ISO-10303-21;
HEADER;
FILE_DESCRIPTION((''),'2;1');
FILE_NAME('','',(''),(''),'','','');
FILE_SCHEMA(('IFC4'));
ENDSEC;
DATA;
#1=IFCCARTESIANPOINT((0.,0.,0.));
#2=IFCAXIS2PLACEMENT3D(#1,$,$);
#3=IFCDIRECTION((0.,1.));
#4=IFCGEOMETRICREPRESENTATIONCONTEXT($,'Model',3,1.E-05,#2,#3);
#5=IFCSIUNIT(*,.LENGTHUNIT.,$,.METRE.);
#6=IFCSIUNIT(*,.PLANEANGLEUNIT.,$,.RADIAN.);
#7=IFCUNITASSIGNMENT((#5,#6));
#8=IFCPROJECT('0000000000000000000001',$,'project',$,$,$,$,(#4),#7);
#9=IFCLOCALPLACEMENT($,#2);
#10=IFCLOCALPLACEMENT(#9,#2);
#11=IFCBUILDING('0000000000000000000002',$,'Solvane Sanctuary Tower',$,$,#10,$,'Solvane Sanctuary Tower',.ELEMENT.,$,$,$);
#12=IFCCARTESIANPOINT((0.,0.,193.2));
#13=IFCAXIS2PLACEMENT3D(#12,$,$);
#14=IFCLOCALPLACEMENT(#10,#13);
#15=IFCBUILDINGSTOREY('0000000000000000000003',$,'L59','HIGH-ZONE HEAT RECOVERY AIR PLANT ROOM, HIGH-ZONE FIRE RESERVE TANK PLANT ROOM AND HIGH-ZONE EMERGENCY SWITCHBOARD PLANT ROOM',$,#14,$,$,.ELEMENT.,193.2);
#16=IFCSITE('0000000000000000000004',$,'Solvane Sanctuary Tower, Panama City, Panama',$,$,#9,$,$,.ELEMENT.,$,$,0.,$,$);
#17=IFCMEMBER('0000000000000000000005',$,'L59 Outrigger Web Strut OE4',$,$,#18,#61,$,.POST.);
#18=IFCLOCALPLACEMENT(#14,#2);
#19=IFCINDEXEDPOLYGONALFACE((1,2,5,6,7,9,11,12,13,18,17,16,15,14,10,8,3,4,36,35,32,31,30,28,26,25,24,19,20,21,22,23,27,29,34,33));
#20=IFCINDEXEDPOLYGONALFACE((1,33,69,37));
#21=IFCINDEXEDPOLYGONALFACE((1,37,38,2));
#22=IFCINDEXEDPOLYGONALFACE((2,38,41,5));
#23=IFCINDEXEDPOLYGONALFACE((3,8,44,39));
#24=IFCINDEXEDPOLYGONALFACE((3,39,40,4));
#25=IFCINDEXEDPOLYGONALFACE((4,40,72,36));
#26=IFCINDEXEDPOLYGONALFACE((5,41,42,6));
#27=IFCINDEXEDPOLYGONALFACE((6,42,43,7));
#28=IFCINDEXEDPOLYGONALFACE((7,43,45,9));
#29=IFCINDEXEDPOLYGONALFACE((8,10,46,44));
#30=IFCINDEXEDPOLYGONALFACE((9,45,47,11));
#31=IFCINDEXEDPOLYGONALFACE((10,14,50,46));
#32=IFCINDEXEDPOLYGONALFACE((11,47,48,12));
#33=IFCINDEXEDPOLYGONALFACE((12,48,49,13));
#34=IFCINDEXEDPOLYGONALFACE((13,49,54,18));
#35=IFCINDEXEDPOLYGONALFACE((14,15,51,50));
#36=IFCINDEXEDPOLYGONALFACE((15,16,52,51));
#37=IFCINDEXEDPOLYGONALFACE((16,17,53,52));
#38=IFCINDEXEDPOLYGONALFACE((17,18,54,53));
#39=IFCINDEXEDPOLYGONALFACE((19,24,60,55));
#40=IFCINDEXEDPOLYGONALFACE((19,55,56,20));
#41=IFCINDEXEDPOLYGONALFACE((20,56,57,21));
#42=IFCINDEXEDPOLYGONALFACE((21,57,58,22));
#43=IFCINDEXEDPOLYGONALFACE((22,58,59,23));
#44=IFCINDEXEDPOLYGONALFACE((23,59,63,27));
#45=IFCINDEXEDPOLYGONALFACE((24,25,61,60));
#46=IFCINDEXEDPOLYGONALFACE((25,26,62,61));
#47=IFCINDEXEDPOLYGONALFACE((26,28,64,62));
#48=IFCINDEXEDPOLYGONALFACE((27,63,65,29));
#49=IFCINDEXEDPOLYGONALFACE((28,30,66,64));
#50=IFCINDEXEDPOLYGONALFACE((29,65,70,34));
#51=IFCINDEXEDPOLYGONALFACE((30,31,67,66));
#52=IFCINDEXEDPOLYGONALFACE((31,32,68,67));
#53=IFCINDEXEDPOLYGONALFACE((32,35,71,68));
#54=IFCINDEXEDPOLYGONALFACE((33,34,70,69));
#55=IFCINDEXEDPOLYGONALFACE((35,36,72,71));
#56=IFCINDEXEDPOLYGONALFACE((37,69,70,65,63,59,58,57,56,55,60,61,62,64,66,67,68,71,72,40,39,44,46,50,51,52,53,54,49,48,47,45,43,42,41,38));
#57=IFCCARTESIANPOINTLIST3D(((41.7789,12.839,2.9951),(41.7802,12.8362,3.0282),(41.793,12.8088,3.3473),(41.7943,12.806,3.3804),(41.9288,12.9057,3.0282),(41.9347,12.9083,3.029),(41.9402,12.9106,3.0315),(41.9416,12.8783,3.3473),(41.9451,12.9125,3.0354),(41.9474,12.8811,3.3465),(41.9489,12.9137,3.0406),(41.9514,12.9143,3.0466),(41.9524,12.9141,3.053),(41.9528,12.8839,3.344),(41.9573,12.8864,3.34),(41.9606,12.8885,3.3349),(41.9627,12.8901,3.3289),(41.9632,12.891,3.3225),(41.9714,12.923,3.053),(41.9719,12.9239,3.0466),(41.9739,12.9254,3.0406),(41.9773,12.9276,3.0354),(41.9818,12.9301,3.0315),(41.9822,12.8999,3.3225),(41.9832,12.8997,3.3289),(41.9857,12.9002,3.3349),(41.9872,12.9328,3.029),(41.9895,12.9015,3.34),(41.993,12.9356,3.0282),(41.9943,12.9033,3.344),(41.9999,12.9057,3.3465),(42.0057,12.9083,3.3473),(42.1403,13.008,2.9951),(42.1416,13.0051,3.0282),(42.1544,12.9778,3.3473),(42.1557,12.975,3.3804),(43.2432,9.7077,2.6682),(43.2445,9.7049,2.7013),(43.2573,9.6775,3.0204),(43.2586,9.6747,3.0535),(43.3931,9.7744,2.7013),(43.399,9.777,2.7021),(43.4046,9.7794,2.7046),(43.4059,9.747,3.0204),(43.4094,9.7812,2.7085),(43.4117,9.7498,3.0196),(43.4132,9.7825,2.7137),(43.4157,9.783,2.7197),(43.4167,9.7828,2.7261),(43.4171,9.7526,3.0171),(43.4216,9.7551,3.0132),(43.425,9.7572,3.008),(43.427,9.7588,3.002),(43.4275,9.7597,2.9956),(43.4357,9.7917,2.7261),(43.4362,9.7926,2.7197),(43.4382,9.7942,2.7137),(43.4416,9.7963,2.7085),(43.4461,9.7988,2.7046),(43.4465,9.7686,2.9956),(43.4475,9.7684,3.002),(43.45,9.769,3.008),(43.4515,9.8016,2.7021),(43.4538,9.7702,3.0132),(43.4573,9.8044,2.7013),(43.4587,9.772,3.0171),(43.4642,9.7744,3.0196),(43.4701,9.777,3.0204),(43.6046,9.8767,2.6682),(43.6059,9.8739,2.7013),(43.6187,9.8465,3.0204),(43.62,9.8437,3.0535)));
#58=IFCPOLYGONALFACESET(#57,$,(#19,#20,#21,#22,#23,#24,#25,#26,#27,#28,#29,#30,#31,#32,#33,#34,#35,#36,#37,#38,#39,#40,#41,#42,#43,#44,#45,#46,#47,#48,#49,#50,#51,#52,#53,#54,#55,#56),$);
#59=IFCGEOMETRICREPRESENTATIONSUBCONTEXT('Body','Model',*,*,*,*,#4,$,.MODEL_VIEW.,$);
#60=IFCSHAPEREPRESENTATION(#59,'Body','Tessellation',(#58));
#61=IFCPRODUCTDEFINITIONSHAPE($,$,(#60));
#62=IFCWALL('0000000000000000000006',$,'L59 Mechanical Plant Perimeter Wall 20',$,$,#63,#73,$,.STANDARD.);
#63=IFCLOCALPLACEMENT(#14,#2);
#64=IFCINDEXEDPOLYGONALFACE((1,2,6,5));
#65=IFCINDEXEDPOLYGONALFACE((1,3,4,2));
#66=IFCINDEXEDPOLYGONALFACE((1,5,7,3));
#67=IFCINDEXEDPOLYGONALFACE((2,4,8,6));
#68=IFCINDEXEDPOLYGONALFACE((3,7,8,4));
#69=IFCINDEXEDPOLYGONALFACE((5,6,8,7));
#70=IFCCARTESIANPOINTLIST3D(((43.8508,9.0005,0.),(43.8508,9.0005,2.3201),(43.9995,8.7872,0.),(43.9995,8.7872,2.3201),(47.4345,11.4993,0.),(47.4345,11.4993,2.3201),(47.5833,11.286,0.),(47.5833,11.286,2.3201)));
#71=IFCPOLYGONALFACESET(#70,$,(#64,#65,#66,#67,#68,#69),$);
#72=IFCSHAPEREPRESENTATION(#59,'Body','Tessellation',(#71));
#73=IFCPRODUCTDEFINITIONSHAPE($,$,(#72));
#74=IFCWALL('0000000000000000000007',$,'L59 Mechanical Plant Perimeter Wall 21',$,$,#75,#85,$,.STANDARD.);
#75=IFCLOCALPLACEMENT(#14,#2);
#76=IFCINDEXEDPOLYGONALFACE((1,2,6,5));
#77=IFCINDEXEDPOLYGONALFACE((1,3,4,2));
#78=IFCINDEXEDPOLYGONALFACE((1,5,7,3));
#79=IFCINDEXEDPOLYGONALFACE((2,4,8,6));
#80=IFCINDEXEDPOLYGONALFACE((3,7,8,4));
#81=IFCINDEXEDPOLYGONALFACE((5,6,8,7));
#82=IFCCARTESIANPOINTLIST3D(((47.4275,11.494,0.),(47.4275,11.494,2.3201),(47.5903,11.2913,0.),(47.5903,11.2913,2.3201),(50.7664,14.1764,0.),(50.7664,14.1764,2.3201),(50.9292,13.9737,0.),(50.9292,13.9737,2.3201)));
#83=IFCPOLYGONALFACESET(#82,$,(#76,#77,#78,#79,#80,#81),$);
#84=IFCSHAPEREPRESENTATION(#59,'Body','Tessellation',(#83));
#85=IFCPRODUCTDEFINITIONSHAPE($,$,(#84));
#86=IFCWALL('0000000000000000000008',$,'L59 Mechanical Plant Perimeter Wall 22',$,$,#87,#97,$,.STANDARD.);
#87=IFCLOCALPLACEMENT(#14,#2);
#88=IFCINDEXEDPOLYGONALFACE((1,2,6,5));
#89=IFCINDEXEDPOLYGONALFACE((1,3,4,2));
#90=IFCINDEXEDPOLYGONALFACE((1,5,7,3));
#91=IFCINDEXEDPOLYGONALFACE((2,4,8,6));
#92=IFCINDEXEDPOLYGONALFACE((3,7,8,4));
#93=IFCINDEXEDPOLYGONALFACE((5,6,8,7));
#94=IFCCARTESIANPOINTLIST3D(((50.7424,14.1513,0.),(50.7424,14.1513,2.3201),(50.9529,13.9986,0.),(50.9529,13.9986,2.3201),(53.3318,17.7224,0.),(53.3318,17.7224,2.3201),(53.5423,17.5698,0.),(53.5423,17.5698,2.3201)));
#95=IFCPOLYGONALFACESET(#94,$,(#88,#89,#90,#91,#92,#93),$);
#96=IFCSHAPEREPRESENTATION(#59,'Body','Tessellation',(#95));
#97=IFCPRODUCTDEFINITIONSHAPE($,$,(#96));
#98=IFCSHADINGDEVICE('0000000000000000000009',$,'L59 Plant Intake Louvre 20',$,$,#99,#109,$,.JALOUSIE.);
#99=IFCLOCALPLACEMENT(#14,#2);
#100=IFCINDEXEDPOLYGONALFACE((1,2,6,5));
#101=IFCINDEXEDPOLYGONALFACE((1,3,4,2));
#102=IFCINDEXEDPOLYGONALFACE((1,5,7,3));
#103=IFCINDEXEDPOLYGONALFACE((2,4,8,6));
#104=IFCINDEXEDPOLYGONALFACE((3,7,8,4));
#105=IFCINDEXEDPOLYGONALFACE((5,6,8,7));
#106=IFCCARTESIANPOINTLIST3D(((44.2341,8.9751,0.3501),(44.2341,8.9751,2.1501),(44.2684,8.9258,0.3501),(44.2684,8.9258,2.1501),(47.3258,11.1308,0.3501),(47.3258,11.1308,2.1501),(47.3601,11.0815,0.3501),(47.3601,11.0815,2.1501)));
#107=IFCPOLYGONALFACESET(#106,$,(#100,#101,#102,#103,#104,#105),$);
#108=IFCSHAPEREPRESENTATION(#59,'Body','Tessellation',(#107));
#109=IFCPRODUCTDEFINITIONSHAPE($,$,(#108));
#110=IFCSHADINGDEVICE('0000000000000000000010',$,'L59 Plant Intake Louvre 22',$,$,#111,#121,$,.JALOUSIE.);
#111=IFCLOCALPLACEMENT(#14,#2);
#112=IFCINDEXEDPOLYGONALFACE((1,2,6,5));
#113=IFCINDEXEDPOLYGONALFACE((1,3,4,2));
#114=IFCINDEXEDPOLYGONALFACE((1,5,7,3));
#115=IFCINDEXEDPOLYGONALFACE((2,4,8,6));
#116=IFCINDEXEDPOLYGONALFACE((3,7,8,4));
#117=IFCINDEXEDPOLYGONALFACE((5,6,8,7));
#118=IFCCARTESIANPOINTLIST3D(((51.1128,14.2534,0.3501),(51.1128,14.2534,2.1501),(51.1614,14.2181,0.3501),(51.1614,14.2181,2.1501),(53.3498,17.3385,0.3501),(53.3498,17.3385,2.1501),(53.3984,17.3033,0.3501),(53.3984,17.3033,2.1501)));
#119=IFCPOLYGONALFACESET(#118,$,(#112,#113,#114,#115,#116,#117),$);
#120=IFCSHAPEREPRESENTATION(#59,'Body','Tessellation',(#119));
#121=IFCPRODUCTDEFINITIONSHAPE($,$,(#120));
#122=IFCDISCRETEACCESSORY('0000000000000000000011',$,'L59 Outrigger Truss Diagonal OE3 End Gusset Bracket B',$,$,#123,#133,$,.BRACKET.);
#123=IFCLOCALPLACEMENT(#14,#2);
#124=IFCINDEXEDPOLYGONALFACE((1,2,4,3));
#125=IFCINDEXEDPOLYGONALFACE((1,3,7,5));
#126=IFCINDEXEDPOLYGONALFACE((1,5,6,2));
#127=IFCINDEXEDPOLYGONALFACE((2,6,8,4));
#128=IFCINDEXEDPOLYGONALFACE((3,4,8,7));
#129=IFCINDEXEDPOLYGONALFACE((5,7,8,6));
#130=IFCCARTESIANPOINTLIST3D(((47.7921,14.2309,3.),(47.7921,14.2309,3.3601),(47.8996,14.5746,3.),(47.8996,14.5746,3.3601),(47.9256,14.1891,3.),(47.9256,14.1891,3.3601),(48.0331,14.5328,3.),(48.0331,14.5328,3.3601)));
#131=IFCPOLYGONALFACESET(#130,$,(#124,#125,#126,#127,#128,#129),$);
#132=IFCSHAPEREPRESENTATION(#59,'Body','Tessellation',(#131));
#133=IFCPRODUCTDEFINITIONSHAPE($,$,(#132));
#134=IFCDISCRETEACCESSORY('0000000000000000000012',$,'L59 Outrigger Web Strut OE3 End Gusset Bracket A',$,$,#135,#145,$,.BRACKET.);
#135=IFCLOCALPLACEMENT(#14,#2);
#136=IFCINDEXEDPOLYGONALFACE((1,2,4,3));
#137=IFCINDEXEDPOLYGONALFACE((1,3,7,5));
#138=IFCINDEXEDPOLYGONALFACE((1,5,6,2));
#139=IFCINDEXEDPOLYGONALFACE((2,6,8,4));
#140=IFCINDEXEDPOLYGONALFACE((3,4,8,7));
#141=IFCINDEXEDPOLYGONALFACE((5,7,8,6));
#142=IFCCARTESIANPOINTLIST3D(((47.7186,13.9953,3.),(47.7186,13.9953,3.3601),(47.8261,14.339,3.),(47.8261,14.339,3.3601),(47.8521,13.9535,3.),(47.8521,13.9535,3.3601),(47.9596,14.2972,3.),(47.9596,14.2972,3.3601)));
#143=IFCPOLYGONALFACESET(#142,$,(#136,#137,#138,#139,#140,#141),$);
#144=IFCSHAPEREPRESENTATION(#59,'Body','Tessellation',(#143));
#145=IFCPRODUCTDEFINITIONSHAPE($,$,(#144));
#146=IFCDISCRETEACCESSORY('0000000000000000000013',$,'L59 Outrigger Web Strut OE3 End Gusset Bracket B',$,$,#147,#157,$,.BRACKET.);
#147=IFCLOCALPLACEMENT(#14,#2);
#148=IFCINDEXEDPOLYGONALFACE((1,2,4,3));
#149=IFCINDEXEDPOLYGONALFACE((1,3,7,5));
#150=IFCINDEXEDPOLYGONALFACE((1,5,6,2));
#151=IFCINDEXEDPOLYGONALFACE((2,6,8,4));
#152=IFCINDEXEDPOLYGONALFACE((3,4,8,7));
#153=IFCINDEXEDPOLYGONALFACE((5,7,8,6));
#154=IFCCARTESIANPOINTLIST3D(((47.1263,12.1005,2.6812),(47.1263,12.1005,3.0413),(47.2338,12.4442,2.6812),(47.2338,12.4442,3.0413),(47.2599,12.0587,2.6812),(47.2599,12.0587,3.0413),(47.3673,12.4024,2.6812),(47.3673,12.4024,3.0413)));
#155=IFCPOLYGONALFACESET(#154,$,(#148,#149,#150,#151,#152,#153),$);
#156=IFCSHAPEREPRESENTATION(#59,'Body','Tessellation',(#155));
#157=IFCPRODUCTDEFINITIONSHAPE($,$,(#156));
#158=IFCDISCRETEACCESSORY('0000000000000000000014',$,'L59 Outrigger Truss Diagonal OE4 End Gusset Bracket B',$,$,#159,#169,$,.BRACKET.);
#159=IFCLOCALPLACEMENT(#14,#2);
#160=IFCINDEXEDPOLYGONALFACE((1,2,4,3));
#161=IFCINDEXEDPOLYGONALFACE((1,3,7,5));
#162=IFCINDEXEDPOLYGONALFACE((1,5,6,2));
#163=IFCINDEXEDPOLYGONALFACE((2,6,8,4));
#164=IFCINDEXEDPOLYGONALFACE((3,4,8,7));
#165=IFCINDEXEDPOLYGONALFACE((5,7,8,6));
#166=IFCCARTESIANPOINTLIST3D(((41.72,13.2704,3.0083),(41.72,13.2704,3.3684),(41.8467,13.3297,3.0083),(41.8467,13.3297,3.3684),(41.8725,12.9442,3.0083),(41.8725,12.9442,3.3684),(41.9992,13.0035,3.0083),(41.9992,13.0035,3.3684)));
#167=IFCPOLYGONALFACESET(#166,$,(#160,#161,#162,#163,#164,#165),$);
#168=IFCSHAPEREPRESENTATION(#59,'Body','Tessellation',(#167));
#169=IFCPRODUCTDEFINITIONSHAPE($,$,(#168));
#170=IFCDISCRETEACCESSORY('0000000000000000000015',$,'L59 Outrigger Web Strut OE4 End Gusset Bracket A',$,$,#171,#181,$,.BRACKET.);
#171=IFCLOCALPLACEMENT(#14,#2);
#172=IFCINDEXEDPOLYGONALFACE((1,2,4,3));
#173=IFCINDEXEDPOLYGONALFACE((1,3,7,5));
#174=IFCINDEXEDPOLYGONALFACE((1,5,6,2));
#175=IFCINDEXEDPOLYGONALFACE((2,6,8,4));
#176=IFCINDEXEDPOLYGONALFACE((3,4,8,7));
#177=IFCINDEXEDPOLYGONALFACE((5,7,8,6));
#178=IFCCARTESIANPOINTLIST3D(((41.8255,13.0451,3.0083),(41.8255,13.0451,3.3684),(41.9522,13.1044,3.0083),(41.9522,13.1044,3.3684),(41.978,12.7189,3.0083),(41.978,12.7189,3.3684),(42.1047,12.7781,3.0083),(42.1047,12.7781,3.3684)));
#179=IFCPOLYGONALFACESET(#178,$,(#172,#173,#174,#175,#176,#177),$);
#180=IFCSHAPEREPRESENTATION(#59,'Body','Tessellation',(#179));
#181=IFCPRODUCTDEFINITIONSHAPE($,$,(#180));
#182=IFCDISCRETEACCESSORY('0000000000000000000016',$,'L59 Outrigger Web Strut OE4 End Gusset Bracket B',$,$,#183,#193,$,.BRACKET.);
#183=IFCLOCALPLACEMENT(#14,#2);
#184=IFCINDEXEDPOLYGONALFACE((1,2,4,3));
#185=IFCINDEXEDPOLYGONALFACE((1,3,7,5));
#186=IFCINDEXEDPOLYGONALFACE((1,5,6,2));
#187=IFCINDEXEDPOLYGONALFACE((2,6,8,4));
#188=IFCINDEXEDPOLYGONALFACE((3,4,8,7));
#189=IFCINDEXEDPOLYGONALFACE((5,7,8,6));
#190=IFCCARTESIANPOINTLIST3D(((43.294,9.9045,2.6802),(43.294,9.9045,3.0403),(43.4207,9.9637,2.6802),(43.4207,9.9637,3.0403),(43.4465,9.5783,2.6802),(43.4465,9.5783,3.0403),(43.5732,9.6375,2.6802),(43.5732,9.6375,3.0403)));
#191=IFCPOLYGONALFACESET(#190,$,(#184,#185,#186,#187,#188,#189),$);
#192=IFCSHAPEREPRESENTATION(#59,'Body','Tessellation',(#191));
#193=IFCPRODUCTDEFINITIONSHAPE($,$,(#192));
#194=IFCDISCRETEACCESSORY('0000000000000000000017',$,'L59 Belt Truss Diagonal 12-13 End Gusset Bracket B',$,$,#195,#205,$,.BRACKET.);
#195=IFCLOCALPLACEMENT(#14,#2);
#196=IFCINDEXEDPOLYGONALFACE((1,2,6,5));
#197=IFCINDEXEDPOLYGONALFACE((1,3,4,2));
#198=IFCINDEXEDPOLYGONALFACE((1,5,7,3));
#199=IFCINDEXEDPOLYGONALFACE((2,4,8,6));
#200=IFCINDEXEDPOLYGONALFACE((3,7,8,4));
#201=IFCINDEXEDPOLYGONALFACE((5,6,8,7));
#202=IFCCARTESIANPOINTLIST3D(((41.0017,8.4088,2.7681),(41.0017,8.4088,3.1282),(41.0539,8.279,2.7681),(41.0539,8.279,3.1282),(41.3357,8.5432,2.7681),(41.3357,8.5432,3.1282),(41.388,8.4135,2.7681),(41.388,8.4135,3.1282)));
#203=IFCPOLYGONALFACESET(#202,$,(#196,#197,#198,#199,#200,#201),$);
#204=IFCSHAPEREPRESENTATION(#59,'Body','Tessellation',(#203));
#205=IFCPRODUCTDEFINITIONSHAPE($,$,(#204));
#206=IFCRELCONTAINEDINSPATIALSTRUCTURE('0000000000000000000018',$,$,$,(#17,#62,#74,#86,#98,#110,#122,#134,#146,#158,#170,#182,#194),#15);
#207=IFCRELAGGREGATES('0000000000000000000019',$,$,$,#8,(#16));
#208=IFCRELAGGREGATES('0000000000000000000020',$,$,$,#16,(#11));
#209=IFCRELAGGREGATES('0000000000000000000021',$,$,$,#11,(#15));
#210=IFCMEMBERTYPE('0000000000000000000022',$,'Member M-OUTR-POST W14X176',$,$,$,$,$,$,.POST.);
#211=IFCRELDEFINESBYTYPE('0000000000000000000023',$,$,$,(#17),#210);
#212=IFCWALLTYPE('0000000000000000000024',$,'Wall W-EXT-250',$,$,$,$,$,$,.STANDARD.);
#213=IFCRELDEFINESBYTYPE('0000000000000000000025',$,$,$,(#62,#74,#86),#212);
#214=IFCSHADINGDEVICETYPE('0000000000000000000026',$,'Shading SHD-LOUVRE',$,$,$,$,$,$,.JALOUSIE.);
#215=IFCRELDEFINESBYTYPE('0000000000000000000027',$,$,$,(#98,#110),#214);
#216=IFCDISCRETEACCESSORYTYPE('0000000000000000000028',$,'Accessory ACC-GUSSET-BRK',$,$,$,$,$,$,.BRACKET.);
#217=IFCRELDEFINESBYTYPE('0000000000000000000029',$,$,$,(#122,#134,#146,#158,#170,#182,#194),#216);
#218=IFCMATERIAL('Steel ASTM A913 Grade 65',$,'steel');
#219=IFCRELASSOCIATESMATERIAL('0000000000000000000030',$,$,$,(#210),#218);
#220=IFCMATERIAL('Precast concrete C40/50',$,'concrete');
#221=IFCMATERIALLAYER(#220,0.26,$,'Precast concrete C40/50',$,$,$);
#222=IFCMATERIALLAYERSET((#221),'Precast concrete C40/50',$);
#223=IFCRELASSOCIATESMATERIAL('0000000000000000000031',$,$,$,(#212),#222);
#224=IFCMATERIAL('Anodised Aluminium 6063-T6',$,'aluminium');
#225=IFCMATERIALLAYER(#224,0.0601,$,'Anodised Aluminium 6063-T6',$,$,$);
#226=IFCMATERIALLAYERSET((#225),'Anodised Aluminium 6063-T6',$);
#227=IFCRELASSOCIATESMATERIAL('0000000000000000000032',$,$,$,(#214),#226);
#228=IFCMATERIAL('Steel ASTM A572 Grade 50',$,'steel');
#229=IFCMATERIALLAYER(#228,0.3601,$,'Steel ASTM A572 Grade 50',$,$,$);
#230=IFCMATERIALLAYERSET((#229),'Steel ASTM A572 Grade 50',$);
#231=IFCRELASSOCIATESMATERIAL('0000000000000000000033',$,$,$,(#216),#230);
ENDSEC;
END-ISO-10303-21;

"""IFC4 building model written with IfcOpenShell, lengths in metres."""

from ifc_helpers import new_model, si_unit, direction, frame, frame_2d, origin, origin_2d, place, context, subcontext, project, spatial, rectangle, i_section, extrude, material, layer, layer_set, material_profile, profile_set, type_object, element, save


model = new_model("IFC4")

# Units and contexts
model_context = context("Model", 3, precision=1e-05, world=origin(), true_north=direction((0.0, 1.0)))
body_context = subcontext(model_context, "Body", "Model", "MODEL_VIEW")
ifc_project = project(units=[si_unit("LENGTHUNIT", "METRE"), si_unit("PLANEANGLEUNIT", "RADIAN")], contexts=[model_context])

# Site, building, storey
site_placement = place(None, origin())
site = spatial("IfcSite", under=ifc_project, at=site_placement, Name="Solvane Sanctuary Tower, Panama City, Panama", CompositionType="ELEMENT", RefElevation=0.0)
building_placement = place(site_placement, origin())
building = spatial("IfcBuilding", under=site, at=building_placement, Name="Solvane Sanctuary Tower", LongName="Solvane Sanctuary Tower", CompositionType="ELEMENT")
storey_placement = place(building_placement, frame((0.0, 0.0, 193.2)))
storey = spatial("IfcBuildingStorey", under=building, at=storey_placement, Name="L59", Description="HIGH-ZONE HEAT RECOVERY AIR PLANT ROOM, HIGH-ZONE FIRE RESERVE TANK PLANT ROOM AND HIGH-ZONE EMERGENCY SWITCHBOARD PLANT ROOM", CompositionType="ELEMENT", Elevation=193.2)

# Member
ifc_material_1 = material(Name="Steel ASTM A913 Grade 65", Category="steel")
ifc_material_profile_1 = material_profile(ifc_material_1, i_section(OverallWidth=0.3989, OverallDepth=0.387, WebThickness=0.021, FlangeThickness=0.0332, FilletRadius=0.0249, at=origin_2d()), Name="W14X176")
ifc_profile_set_1 = profile_set([ifc_material_profile_1], Name="Steel ASTM A913 Grade 65")
member_type_1 = type_object("IfcMemberType", Name="Member M-OUTR-POST W14X176", PredefinedType="POST", material=ifc_profile_set_1)
member_1_placement = place(storey_placement, frame((41.9673, 12.907, 3.1877), z_axis=(0.421731, -0.90182, -0.094148), x_axis=(0.905844, 0.423612, 0.0)))
element("IfcMember", 1, at=member_1_placement, inside=storey, type_object=member_type_1, Name="L59 Outrigger Web Strut OE4", PredefinedType="POST", context=body_context, shape_type="SweptSolid", body=[
    extrude(i_section(OverallWidth=0.3989, OverallDepth=0.387, WebThickness=0.021, FlangeThickness=0.0332, FilletRadius=0.0249, at=origin_2d()), origin(), (0.0, 0.0, 1.0), 3.4722),
])

# Walls
ifc_material_2 = material(Name="Precast concrete C40/50", Category="concrete")
ifc_layer_1 = layer(ifc_material_2, 0.26, Name="Precast concrete C40/50")
ifc_layer_set_1 = layer_set([ifc_layer_1], Name="Precast concrete C40/50")
wall_type = type_object("IfcWallType", Name="Wall W-EXT-250", PredefinedType="STANDARD", material=ifc_layer_set_1)
wall_1_placement = place(storey_placement, frame((43.925, 8.8938, 0.0), z_axis=(0.0, 0.0, 1.0), x_axis=(0.820289, 0.57195, 0.0)))
element("IfcWall", 2, at=wall_1_placement, inside=storey, type_object=wall_type, Name="L59 Mechanical Plant Perimeter Wall 20", PredefinedType="STANDARD", context=body_context, shape_type="SweptSolid", body=[
    extrude(rectangle(XDim=4.3689, YDim=0.26, at=frame_2d((2.1846, 0.0))), origin(), (0.0, 0.0, 1.0), 2.3201),
])
wall_2_placement = place(storey_placement, frame((47.5088, 11.3926, 0.0), z_axis=(0.0, 0.0, 1.0), x_axis=(0.779582, 0.6263, 0.0)))
element("IfcWall", 3, at=wall_2_placement, inside=storey, type_object=wall_type, Name="L59 Mechanical Plant Perimeter Wall 21", PredefinedType="STANDARD", context=body_context, shape_type="SweptSolid", body=[
    extrude(rectangle(XDim=4.283, YDim=0.26, at=frame_2d((2.1416, 0.0))), origin(), (0.0, 0.0, 1.0), 2.3201),
])
wall_3_placement = place(storey_placement, frame((50.8477, 14.075, 0.0), z_axis=(0.0, 0.0, 1.0), x_axis=(0.587019, 0.809573, 0.0)))
element("IfcWall", 4, at=wall_3_placement, inside=storey, type_object=wall_type, Name="L59 Mechanical Plant Perimeter Wall 22", PredefinedType="STANDARD", context=body_context, shape_type="SweptSolid", body=[
    extrude(rectangle(XDim=4.4111, YDim=0.26, at=frame_2d((2.2056, 0.0))), origin(), (0.0, 0.0, 1.0), 2.3201),
])

# Shading devices
ifc_material_3 = material(Name="Anodised Aluminium 6063-T6", Category="aluminium")
ifc_layer_2 = layer(ifc_material_3, 0.0601, Name="Anodised Aluminium 6063-T6")
ifc_layer_set_2 = layer_set([ifc_layer_2], Name="Anodised Aluminium 6063-T6")
shading_device_type = type_object("IfcShadingDeviceType", Name="Shading SHD-LOUVRE", PredefinedType="JALOUSIE", material=ifc_layer_set_2)
shading_device_1_placement = place(storey_placement, frame((45.7971, 10.0283, 0.3501), z_axis=(0.0, 0.0, 1.0), x_axis=(0.820288, 0.571951, 0.0)))
element("IfcShadingDevice", 5, at=shading_device_1_placement, inside=storey, type_object=shading_device_type, Name="L59 Plant Intake Louvre 20", PredefinedType="JALOUSIE", context=body_context, shape_type="SweptSolid", body=[
    extrude(rectangle(XDim=3.769, YDim=0.0601, at=origin_2d()), origin(), (0.0, 0.0, 1.0), 1.8),
])
shading_device_2_placement = place(storey_placement, frame((52.2556, 15.7783, 0.3501), z_axis=(0.0, 0.0, 1.0), x_axis=(0.587011, 0.809579, 0.0)))
element("IfcShadingDevice", 6, at=shading_device_2_placement, inside=storey, type_object=shading_device_type, Name="L59 Plant Intake Louvre 22", PredefinedType="JALOUSIE", context=body_context, shape_type="SweptSolid", body=[
    extrude(rectangle(XDim=3.8108, YDim=0.0601, at=origin_2d()), origin(), (0.0, 0.0, 1.0), 1.8),
])

# Discrete accessories
ifc_material_4 = material(Name="Steel ASTM A572 Grade 50", Category="steel")
ifc_layer_3 = layer(ifc_material_4, 0.3601, Name="Steel ASTM A572 Grade 50")
ifc_layer_set_3 = layer_set([ifc_layer_3], Name="Steel ASTM A572 Grade 50")
discrete_accessory_type = type_object("IfcDiscreteAccessoryType", Name="Accessory ACC-GUSSET-BRK", PredefinedType="BRACKET", material=ifc_layer_set_3)
for number, where, z_axis, x_axis, name in (
    (7, (47.9126, 14.3818, 3.0), (0.0, 0.0, 1.0), (-0.298375, -0.954449, 0.0), "L59 Outrigger Truss Diagonal OE3 End Gusset Bracket B"),
    (8, (47.8391, 14.1462, 3.0), (0.0, 0.0, 1.0), (-0.298375, -0.954449, 0.0), "L59 Outrigger Web Strut OE3 End Gusset Bracket A"),
    (9, (47.2468, 12.2515, 2.6812), (0.0, 0.0, 1.0), (-0.298375, -0.954449, 0.0), "L59 Outrigger Web Strut OE3 End Gusset Bracket B"),
    (10, (41.8596, 13.137, 3.0083), (0.0, 0.0, 1.0), (0.423567, -0.905865, 0.0), "L59 Outrigger Truss Diagonal OE4 End Gusset Bracket B"),
    (11, (41.9651, 12.9116, 3.0083), (0.0, 0.0, 1.0), (0.423567, -0.905865, 0.0), "L59 Outrigger Web Strut OE4 End Gusset Bracket A"),
    (12, (43.4336, 9.771, 2.6802), (0.0, 0.0, 1.0), (0.423567, -0.905865, 0.0), "L59 Outrigger Web Strut OE4 End Gusset Bracket B"),
    (13, (41.1948, 8.4111, 2.7681), (0.0, 0.0, 1.0), (0.927706, 0.373312, 0.0), "L59 Belt Truss Diagonal 12-13 End Gusset Bracket B"),
):
    element("IfcDiscreteAccessory", number, at=place(storey_placement, frame(where, z_axis=z_axis, x_axis=x_axis)), inside=storey, type_object=discrete_accessory_type, Name=name, PredefinedType="BRACKET", context=body_context, shape_type="SweptSolid", body=[
        extrude(rectangle(XDim=0.3601, YDim=0.1399, at=origin_2d()), origin(), (0.0, 0.0, 1.0), 0.3601),
    ])

save(model, "model.ifc")
